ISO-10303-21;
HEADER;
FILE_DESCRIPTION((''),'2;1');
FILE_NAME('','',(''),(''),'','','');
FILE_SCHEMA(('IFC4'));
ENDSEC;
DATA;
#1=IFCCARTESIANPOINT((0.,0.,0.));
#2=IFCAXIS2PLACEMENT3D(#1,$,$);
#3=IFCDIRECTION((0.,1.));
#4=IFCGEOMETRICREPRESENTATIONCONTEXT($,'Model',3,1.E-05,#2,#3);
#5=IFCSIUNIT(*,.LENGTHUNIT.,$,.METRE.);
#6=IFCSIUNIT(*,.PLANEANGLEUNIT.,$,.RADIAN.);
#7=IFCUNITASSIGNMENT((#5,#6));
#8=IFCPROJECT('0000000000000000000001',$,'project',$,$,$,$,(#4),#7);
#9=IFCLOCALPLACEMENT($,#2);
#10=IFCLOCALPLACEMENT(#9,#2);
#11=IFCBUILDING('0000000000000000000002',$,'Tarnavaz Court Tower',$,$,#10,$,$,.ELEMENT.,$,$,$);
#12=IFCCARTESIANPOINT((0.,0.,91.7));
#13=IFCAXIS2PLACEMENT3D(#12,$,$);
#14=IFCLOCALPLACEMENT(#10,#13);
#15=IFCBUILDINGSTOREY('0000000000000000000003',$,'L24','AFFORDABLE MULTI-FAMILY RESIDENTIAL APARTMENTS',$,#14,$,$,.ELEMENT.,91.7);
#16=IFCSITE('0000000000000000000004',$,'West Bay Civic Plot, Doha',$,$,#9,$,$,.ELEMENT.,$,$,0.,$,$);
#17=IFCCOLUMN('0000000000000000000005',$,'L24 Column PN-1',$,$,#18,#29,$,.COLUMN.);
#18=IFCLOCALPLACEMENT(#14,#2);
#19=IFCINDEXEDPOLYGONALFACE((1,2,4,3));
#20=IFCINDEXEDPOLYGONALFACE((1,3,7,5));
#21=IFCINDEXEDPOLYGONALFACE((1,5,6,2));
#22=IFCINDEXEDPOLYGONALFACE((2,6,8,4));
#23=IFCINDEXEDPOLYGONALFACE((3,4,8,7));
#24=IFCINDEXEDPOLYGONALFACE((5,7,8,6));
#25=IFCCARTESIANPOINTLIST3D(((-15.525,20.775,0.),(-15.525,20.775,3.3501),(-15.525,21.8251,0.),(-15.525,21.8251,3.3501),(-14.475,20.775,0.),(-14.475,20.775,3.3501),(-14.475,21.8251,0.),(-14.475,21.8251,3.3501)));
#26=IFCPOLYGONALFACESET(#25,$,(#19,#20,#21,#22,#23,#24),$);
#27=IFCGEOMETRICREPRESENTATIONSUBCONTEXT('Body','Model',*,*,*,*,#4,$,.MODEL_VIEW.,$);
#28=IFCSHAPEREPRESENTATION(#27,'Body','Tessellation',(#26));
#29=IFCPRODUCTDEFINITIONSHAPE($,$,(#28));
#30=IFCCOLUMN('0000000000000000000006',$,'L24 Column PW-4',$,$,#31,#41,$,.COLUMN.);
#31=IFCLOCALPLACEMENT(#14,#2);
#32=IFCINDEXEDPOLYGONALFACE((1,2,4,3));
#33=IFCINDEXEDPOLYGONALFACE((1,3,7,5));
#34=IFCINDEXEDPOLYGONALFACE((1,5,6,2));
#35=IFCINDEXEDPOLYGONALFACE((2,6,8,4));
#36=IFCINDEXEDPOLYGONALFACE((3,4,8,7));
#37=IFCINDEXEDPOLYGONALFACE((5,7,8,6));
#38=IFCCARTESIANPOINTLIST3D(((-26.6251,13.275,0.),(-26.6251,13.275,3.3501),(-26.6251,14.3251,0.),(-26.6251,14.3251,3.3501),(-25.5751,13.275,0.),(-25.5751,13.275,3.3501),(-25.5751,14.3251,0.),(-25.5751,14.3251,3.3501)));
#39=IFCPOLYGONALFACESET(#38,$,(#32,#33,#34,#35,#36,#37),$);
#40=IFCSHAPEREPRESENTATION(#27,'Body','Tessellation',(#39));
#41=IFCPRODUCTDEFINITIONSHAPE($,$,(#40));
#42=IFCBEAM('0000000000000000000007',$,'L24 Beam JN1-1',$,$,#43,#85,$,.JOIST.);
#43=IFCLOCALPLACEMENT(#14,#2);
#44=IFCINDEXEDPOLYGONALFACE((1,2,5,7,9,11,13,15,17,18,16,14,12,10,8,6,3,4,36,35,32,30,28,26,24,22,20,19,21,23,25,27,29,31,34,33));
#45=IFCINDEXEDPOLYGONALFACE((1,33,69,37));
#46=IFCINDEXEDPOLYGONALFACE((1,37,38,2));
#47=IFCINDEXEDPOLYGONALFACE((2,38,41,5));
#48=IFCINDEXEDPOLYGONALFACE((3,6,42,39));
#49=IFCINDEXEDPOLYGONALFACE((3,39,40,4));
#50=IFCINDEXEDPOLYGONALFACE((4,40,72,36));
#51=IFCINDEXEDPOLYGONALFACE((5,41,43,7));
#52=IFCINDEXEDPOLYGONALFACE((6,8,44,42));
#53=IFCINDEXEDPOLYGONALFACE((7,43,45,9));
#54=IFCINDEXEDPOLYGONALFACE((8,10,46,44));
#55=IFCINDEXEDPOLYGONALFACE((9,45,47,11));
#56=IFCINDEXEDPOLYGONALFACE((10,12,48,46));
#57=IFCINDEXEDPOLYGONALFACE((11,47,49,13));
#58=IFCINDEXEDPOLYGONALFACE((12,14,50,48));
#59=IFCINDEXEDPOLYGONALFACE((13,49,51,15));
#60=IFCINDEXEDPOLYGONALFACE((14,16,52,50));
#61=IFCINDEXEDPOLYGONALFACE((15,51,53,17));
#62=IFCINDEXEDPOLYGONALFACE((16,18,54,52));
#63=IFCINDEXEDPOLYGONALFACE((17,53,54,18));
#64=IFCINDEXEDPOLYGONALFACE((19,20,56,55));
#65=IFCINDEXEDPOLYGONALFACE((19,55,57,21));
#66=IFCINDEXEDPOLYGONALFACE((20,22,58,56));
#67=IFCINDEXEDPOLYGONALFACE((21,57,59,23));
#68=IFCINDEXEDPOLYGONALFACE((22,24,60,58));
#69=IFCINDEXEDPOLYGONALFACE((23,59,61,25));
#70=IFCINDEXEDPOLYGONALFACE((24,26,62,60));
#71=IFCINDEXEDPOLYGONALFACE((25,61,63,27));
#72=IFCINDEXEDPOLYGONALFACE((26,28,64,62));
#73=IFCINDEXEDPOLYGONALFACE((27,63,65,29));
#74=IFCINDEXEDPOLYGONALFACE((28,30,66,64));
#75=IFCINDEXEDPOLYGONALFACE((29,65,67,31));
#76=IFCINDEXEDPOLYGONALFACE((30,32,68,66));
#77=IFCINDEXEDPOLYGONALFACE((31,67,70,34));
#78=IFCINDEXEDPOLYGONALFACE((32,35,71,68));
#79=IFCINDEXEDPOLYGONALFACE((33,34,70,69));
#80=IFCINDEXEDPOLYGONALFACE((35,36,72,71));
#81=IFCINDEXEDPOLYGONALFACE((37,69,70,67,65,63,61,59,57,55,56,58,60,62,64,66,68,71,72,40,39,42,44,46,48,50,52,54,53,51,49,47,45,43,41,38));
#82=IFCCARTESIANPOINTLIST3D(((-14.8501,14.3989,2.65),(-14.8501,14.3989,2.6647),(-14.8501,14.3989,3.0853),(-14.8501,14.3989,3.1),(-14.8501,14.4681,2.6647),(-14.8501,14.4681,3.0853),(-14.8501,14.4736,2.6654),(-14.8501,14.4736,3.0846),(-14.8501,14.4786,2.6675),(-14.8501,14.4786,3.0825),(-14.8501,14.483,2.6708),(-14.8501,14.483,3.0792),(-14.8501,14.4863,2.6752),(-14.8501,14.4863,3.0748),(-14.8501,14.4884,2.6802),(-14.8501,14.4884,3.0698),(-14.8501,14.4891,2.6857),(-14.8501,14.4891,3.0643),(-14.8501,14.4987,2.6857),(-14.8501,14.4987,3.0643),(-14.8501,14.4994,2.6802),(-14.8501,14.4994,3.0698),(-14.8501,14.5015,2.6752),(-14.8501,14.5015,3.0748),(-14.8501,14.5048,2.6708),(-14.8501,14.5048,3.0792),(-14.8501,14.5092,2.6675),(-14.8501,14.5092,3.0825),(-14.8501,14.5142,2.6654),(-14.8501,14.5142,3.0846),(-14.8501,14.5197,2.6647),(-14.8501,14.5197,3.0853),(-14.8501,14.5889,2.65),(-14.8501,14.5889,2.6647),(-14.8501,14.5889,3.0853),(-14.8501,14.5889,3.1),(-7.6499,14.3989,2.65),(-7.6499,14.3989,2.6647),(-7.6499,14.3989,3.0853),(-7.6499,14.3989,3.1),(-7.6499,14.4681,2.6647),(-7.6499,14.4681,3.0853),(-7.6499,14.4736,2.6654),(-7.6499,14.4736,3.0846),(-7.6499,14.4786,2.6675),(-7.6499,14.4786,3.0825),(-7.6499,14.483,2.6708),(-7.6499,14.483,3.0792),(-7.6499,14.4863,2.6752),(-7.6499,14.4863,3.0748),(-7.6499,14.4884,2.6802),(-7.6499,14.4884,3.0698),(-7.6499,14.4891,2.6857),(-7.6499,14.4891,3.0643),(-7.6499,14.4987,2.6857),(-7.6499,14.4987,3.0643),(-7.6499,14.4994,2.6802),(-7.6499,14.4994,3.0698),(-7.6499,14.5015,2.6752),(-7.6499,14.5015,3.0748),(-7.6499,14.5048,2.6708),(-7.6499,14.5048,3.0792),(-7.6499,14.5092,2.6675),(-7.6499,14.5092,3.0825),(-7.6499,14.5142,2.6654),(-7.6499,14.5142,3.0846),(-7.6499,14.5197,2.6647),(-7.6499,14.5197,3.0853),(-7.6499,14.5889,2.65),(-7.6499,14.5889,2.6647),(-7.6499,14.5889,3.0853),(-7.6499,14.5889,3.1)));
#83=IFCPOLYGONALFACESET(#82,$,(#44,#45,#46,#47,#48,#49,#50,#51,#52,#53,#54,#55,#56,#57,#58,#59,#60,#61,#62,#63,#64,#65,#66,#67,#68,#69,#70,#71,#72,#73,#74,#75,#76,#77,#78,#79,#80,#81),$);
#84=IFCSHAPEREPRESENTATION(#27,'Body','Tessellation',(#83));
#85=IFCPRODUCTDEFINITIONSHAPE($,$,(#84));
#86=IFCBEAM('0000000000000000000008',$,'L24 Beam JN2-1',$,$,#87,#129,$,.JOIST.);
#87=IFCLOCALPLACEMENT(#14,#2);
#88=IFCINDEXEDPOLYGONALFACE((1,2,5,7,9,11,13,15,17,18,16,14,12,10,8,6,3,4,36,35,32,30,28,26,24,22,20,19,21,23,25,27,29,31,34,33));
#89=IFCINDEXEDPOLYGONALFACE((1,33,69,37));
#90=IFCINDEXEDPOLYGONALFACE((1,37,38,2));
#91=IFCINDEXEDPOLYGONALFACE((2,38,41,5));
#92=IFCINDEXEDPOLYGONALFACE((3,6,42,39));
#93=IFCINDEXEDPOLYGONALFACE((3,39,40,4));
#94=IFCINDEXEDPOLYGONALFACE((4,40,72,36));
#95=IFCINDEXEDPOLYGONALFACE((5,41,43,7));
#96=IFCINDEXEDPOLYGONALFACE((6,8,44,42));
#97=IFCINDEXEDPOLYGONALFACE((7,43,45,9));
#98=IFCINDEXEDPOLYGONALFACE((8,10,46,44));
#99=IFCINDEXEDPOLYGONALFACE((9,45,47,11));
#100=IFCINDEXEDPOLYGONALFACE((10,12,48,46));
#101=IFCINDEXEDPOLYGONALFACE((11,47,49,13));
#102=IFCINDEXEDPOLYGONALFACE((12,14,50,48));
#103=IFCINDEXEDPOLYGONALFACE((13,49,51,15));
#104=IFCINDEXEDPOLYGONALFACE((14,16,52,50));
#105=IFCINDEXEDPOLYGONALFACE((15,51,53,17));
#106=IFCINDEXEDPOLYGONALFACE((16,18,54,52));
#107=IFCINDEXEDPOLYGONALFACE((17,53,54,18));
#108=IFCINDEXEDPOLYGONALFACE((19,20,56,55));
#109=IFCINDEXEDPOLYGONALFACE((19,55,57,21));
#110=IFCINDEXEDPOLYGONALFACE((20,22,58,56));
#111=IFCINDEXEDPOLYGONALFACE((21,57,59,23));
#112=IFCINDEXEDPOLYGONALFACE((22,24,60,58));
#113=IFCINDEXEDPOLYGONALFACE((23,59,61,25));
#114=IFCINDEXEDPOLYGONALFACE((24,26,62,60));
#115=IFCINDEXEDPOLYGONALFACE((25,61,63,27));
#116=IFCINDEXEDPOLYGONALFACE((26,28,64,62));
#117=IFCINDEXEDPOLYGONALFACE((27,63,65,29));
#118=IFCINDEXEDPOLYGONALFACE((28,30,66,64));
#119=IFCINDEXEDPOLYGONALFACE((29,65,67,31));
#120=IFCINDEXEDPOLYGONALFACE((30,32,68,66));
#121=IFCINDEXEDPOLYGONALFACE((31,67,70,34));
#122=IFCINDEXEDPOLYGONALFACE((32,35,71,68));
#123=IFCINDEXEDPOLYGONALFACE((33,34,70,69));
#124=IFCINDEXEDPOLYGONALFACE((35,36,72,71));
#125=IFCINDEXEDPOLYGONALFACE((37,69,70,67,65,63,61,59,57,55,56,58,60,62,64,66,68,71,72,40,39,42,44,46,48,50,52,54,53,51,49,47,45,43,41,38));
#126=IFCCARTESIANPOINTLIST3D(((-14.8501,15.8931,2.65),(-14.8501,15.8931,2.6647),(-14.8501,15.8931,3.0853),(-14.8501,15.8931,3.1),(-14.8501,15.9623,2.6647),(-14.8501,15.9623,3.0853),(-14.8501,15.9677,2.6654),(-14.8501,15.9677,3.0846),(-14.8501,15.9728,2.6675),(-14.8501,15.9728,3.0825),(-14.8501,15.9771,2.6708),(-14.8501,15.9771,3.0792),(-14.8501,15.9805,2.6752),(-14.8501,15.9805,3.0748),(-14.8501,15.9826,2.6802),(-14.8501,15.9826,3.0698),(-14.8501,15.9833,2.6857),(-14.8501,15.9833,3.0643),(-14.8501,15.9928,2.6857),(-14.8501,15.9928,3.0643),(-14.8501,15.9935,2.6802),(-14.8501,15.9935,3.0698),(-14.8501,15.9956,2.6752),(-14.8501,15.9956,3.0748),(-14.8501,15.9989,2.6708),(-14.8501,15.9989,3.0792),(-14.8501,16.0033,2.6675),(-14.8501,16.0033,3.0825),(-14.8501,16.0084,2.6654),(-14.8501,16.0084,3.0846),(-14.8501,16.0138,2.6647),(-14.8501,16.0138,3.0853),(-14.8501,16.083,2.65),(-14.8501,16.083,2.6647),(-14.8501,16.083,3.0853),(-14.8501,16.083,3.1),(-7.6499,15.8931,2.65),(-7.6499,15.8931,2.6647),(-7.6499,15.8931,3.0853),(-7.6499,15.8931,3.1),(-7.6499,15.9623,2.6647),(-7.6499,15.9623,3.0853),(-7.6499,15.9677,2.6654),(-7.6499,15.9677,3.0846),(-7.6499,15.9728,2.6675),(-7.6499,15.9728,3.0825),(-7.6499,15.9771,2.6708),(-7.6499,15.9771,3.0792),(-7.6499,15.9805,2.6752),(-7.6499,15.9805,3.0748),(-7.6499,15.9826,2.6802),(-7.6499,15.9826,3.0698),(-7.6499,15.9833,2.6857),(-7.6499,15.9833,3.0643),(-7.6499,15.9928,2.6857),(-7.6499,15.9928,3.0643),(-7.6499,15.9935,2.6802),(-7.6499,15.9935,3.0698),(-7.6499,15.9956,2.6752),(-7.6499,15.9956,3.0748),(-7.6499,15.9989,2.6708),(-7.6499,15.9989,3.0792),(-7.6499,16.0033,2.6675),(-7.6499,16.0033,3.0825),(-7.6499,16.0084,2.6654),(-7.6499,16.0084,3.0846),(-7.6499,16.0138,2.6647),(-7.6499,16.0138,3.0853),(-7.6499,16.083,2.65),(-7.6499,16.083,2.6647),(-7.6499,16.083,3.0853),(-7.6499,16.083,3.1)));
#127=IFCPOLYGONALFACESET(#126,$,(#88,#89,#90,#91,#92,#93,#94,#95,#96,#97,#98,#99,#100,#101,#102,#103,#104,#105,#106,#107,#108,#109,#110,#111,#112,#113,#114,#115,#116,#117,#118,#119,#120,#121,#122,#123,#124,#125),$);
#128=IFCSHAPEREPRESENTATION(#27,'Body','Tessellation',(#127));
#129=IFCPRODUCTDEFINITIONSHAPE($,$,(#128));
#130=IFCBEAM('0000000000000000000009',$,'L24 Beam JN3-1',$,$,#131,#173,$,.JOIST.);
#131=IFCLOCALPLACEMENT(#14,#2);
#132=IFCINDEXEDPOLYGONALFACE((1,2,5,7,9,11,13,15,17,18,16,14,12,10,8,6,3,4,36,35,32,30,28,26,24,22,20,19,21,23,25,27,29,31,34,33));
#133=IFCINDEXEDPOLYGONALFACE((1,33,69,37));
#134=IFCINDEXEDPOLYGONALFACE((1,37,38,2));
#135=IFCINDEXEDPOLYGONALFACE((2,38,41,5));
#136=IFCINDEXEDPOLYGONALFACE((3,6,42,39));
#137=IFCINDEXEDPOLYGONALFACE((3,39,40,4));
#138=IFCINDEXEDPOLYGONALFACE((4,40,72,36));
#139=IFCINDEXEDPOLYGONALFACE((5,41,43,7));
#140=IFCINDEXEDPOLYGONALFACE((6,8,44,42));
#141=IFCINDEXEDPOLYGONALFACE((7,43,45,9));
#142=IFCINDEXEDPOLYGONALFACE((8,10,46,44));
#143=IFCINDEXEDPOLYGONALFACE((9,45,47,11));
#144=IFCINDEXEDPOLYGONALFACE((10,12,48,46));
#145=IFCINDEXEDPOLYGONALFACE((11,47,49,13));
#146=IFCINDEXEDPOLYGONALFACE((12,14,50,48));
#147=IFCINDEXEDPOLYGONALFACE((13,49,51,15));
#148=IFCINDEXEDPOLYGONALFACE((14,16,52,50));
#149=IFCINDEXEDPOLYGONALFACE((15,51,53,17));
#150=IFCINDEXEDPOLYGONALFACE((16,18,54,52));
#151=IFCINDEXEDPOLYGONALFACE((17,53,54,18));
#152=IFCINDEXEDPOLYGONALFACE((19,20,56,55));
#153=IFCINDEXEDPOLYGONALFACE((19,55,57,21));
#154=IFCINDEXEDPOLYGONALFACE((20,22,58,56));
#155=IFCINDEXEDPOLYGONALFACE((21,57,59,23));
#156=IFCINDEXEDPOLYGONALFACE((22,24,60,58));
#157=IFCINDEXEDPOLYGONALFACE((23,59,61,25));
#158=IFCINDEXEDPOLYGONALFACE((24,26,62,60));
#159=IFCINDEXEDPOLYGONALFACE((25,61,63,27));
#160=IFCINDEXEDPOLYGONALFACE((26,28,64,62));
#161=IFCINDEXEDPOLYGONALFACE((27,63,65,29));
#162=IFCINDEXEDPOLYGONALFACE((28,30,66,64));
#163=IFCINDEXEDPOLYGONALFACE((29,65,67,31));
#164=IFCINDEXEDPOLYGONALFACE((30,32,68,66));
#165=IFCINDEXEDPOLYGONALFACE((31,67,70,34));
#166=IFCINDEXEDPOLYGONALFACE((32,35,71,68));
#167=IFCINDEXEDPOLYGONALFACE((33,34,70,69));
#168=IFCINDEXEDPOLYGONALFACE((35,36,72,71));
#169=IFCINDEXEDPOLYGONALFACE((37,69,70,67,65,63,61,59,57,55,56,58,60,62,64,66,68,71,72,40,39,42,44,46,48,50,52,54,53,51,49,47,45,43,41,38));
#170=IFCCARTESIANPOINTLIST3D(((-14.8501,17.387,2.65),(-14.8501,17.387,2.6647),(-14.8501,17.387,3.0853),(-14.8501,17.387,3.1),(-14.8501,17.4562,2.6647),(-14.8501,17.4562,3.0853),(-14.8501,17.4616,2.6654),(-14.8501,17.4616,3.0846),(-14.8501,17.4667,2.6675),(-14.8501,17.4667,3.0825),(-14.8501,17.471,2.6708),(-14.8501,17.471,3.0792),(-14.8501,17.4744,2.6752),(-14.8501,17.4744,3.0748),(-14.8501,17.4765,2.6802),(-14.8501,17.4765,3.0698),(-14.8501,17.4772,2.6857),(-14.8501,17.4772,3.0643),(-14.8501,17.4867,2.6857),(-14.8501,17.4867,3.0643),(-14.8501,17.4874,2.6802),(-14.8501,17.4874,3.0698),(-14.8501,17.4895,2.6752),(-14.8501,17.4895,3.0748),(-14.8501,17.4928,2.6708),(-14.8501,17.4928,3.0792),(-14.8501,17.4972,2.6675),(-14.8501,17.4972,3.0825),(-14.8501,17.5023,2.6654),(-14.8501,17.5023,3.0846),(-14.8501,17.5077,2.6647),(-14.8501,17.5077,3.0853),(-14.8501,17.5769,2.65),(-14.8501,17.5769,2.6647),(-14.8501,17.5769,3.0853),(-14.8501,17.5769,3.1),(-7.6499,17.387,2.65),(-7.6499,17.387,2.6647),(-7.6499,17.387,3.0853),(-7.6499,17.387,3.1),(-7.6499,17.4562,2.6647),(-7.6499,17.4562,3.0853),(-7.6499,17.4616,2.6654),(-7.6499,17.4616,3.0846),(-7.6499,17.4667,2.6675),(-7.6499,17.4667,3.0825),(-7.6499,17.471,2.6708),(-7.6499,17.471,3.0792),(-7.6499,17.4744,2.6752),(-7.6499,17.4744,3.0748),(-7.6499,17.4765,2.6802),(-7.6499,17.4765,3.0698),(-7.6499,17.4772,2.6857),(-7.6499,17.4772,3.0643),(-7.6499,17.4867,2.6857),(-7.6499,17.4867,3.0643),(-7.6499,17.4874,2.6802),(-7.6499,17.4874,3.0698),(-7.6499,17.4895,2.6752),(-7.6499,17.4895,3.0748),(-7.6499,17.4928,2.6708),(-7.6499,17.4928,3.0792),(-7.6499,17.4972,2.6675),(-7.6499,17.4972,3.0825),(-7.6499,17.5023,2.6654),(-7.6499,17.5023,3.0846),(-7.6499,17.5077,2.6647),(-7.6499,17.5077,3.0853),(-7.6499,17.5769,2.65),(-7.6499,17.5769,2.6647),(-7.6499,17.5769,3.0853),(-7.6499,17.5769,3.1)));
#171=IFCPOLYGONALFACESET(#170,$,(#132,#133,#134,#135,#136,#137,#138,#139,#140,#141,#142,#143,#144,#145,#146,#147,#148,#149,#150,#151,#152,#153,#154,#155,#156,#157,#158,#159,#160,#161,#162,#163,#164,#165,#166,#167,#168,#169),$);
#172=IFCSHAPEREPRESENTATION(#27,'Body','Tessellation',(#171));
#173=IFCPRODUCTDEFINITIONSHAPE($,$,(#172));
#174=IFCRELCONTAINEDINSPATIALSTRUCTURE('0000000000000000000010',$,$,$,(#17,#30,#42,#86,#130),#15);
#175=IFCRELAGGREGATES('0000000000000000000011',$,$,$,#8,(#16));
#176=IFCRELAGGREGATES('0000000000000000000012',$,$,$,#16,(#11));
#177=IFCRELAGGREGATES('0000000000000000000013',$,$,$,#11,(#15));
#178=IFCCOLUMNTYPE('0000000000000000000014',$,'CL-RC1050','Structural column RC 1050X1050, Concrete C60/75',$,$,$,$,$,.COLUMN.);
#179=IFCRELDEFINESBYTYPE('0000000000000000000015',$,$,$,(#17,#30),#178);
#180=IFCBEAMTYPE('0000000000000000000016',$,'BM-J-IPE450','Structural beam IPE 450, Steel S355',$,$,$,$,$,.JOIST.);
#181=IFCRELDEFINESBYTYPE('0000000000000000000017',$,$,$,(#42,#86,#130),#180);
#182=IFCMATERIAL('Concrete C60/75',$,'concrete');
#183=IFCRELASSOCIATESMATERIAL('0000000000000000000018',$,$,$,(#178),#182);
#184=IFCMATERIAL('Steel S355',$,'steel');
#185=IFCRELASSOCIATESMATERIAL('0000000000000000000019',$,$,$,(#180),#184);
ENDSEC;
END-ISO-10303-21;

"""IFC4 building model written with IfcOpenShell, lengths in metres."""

from ifc_helpers import new_model, si_unit, direction, frame, origin, origin_2d, place, context, subcontext, project, spatial, rectangle, i_section, extrude, material, material_profile, profile_set, type_object, element, save


model = new_model("IFC4")

# Units and contexts
model_context = context("Model", 3, precision=1e-05, world=origin(), true_north=direction((0.0, 1.0)))
body_context = subcontext(model_context, "Body", "Model", "MODEL_VIEW")
ifc_project = project(units=[si_unit("LENGTHUNIT", "METRE"), si_unit("PLANEANGLEUNIT", "RADIAN")], contexts=[model_context])

# Site, building, storey
site_placement = place(None, origin())
site = spatial("IfcSite", under=ifc_project, at=site_placement, Name="West Bay Civic Plot, Doha", CompositionType="ELEMENT", RefElevation=0.0)
building_placement = place(site_placement, origin())
building = spatial("IfcBuilding", under=site, at=building_placement, Name="Tarnavaz Court Tower", CompositionType="ELEMENT")
storey_placement = place(building_placement, frame((0.0, 0.0, 91.7)))
storey = spatial("IfcBuildingStorey", under=building, at=storey_placement, Name="L24", Description="AFFORDABLE MULTI-FAMILY RESIDENTIAL APARTMENTS", CompositionType="ELEMENT", Elevation=91.7)

# Columns
ifc_material_1 = material(Name="Concrete C60/75", Category="concrete")
ifc_material_profile_1 = material_profile(ifc_material_1, rectangle(XDim=1.05, YDim=1.05, at=origin_2d()), Name="RC 1050X1050")
ifc_profile_set_1 = profile_set([ifc_material_profile_1], Name="Concrete C60/75")
column_type = type_object("IfcColumnType", Name="CL-RC1050", Description="Structural column RC 1050X1050, Concrete C60/75", PredefinedType="COLUMN", material=ifc_profile_set_1)
for number, where, z_axis, x_axis, name in (
    (1, (-15.0, 21.3, 0.0), (0.0, 0.0, 1.0), (1.0, 0.0, 0.0), "L24 Column PN-1"),
    (2, (-26.1001, 13.8, 0.0), (0.0, 0.0, 1.0), (1.0, 0.0, 0.0), "L24 Column PW-4"),
):
    element("IfcColumn", number, at=place(storey_placement, frame(where, z_axis=z_axis, x_axis=x_axis)), inside=storey, type_object=column_type, Name=name, PredefinedType="COLUMN", context=body_context, shape_type="SweptSolid", body=[
        extrude(rectangle(XDim=1.05, YDim=1.05, at=origin_2d()), origin(), (0.0, 0.0, 1.0), 3.3501),
    ])

# Beams
ifc_material_2 = material(Name="Steel S355", Category="steel")
ifc_material_profile_2 = material_profile(ifc_material_2, i_section(OverallWidth=0.1899, OverallDepth=0.45, WebThickness=0.0095, FlangeThickness=0.0146, FilletRadius=0.021, at=origin_2d()), Name="IPE 450")
ifc_profile_set_2 = profile_set([ifc_material_profile_2], Name="Steel S355")
beam_type_1 = type_object("IfcBeamType", Name="BM-J-IPE450", Description="Structural beam IPE 450, Steel S355", PredefinedType="JOIST", material=ifc_profile_set_2)
for number, where, z_axis, x_axis, name in (
    (3, (-14.8501, 14.4939, 2.875), (1.0, 0.0, 0.0), (0.0, 1.0, 0.0), "L24 Beam JN1-1"),
    (4, (-14.8501, 15.988, 2.875), (1.0, 0.0, 0.0), (0.0, 1.0, 0.0), "L24 Beam JN2-1"),
    (5, (-14.8501, 17.4819, 2.875), (1.0, 0.0, 0.0), (0.0, 1.0, 0.0), "L24 Beam JN3-1"),
):
    element("IfcBeam", number, at=place(storey_placement, frame(where, z_axis=z_axis, x_axis=x_axis)), inside=storey, type_object=beam_type_1, Name=name, PredefinedType="JOIST", context=body_context, shape_type="SweptSolid", body=[
        extrude(i_section(OverallWidth=0.1899, OverallDepth=0.45, WebThickness=0.0095, FlangeThickness=0.0146, FilletRadius=0.021, at=origin_2d()), origin(), (0.0, 0.0, 1.0), 7.2002),
    ])

save(model, "model.ifc")
